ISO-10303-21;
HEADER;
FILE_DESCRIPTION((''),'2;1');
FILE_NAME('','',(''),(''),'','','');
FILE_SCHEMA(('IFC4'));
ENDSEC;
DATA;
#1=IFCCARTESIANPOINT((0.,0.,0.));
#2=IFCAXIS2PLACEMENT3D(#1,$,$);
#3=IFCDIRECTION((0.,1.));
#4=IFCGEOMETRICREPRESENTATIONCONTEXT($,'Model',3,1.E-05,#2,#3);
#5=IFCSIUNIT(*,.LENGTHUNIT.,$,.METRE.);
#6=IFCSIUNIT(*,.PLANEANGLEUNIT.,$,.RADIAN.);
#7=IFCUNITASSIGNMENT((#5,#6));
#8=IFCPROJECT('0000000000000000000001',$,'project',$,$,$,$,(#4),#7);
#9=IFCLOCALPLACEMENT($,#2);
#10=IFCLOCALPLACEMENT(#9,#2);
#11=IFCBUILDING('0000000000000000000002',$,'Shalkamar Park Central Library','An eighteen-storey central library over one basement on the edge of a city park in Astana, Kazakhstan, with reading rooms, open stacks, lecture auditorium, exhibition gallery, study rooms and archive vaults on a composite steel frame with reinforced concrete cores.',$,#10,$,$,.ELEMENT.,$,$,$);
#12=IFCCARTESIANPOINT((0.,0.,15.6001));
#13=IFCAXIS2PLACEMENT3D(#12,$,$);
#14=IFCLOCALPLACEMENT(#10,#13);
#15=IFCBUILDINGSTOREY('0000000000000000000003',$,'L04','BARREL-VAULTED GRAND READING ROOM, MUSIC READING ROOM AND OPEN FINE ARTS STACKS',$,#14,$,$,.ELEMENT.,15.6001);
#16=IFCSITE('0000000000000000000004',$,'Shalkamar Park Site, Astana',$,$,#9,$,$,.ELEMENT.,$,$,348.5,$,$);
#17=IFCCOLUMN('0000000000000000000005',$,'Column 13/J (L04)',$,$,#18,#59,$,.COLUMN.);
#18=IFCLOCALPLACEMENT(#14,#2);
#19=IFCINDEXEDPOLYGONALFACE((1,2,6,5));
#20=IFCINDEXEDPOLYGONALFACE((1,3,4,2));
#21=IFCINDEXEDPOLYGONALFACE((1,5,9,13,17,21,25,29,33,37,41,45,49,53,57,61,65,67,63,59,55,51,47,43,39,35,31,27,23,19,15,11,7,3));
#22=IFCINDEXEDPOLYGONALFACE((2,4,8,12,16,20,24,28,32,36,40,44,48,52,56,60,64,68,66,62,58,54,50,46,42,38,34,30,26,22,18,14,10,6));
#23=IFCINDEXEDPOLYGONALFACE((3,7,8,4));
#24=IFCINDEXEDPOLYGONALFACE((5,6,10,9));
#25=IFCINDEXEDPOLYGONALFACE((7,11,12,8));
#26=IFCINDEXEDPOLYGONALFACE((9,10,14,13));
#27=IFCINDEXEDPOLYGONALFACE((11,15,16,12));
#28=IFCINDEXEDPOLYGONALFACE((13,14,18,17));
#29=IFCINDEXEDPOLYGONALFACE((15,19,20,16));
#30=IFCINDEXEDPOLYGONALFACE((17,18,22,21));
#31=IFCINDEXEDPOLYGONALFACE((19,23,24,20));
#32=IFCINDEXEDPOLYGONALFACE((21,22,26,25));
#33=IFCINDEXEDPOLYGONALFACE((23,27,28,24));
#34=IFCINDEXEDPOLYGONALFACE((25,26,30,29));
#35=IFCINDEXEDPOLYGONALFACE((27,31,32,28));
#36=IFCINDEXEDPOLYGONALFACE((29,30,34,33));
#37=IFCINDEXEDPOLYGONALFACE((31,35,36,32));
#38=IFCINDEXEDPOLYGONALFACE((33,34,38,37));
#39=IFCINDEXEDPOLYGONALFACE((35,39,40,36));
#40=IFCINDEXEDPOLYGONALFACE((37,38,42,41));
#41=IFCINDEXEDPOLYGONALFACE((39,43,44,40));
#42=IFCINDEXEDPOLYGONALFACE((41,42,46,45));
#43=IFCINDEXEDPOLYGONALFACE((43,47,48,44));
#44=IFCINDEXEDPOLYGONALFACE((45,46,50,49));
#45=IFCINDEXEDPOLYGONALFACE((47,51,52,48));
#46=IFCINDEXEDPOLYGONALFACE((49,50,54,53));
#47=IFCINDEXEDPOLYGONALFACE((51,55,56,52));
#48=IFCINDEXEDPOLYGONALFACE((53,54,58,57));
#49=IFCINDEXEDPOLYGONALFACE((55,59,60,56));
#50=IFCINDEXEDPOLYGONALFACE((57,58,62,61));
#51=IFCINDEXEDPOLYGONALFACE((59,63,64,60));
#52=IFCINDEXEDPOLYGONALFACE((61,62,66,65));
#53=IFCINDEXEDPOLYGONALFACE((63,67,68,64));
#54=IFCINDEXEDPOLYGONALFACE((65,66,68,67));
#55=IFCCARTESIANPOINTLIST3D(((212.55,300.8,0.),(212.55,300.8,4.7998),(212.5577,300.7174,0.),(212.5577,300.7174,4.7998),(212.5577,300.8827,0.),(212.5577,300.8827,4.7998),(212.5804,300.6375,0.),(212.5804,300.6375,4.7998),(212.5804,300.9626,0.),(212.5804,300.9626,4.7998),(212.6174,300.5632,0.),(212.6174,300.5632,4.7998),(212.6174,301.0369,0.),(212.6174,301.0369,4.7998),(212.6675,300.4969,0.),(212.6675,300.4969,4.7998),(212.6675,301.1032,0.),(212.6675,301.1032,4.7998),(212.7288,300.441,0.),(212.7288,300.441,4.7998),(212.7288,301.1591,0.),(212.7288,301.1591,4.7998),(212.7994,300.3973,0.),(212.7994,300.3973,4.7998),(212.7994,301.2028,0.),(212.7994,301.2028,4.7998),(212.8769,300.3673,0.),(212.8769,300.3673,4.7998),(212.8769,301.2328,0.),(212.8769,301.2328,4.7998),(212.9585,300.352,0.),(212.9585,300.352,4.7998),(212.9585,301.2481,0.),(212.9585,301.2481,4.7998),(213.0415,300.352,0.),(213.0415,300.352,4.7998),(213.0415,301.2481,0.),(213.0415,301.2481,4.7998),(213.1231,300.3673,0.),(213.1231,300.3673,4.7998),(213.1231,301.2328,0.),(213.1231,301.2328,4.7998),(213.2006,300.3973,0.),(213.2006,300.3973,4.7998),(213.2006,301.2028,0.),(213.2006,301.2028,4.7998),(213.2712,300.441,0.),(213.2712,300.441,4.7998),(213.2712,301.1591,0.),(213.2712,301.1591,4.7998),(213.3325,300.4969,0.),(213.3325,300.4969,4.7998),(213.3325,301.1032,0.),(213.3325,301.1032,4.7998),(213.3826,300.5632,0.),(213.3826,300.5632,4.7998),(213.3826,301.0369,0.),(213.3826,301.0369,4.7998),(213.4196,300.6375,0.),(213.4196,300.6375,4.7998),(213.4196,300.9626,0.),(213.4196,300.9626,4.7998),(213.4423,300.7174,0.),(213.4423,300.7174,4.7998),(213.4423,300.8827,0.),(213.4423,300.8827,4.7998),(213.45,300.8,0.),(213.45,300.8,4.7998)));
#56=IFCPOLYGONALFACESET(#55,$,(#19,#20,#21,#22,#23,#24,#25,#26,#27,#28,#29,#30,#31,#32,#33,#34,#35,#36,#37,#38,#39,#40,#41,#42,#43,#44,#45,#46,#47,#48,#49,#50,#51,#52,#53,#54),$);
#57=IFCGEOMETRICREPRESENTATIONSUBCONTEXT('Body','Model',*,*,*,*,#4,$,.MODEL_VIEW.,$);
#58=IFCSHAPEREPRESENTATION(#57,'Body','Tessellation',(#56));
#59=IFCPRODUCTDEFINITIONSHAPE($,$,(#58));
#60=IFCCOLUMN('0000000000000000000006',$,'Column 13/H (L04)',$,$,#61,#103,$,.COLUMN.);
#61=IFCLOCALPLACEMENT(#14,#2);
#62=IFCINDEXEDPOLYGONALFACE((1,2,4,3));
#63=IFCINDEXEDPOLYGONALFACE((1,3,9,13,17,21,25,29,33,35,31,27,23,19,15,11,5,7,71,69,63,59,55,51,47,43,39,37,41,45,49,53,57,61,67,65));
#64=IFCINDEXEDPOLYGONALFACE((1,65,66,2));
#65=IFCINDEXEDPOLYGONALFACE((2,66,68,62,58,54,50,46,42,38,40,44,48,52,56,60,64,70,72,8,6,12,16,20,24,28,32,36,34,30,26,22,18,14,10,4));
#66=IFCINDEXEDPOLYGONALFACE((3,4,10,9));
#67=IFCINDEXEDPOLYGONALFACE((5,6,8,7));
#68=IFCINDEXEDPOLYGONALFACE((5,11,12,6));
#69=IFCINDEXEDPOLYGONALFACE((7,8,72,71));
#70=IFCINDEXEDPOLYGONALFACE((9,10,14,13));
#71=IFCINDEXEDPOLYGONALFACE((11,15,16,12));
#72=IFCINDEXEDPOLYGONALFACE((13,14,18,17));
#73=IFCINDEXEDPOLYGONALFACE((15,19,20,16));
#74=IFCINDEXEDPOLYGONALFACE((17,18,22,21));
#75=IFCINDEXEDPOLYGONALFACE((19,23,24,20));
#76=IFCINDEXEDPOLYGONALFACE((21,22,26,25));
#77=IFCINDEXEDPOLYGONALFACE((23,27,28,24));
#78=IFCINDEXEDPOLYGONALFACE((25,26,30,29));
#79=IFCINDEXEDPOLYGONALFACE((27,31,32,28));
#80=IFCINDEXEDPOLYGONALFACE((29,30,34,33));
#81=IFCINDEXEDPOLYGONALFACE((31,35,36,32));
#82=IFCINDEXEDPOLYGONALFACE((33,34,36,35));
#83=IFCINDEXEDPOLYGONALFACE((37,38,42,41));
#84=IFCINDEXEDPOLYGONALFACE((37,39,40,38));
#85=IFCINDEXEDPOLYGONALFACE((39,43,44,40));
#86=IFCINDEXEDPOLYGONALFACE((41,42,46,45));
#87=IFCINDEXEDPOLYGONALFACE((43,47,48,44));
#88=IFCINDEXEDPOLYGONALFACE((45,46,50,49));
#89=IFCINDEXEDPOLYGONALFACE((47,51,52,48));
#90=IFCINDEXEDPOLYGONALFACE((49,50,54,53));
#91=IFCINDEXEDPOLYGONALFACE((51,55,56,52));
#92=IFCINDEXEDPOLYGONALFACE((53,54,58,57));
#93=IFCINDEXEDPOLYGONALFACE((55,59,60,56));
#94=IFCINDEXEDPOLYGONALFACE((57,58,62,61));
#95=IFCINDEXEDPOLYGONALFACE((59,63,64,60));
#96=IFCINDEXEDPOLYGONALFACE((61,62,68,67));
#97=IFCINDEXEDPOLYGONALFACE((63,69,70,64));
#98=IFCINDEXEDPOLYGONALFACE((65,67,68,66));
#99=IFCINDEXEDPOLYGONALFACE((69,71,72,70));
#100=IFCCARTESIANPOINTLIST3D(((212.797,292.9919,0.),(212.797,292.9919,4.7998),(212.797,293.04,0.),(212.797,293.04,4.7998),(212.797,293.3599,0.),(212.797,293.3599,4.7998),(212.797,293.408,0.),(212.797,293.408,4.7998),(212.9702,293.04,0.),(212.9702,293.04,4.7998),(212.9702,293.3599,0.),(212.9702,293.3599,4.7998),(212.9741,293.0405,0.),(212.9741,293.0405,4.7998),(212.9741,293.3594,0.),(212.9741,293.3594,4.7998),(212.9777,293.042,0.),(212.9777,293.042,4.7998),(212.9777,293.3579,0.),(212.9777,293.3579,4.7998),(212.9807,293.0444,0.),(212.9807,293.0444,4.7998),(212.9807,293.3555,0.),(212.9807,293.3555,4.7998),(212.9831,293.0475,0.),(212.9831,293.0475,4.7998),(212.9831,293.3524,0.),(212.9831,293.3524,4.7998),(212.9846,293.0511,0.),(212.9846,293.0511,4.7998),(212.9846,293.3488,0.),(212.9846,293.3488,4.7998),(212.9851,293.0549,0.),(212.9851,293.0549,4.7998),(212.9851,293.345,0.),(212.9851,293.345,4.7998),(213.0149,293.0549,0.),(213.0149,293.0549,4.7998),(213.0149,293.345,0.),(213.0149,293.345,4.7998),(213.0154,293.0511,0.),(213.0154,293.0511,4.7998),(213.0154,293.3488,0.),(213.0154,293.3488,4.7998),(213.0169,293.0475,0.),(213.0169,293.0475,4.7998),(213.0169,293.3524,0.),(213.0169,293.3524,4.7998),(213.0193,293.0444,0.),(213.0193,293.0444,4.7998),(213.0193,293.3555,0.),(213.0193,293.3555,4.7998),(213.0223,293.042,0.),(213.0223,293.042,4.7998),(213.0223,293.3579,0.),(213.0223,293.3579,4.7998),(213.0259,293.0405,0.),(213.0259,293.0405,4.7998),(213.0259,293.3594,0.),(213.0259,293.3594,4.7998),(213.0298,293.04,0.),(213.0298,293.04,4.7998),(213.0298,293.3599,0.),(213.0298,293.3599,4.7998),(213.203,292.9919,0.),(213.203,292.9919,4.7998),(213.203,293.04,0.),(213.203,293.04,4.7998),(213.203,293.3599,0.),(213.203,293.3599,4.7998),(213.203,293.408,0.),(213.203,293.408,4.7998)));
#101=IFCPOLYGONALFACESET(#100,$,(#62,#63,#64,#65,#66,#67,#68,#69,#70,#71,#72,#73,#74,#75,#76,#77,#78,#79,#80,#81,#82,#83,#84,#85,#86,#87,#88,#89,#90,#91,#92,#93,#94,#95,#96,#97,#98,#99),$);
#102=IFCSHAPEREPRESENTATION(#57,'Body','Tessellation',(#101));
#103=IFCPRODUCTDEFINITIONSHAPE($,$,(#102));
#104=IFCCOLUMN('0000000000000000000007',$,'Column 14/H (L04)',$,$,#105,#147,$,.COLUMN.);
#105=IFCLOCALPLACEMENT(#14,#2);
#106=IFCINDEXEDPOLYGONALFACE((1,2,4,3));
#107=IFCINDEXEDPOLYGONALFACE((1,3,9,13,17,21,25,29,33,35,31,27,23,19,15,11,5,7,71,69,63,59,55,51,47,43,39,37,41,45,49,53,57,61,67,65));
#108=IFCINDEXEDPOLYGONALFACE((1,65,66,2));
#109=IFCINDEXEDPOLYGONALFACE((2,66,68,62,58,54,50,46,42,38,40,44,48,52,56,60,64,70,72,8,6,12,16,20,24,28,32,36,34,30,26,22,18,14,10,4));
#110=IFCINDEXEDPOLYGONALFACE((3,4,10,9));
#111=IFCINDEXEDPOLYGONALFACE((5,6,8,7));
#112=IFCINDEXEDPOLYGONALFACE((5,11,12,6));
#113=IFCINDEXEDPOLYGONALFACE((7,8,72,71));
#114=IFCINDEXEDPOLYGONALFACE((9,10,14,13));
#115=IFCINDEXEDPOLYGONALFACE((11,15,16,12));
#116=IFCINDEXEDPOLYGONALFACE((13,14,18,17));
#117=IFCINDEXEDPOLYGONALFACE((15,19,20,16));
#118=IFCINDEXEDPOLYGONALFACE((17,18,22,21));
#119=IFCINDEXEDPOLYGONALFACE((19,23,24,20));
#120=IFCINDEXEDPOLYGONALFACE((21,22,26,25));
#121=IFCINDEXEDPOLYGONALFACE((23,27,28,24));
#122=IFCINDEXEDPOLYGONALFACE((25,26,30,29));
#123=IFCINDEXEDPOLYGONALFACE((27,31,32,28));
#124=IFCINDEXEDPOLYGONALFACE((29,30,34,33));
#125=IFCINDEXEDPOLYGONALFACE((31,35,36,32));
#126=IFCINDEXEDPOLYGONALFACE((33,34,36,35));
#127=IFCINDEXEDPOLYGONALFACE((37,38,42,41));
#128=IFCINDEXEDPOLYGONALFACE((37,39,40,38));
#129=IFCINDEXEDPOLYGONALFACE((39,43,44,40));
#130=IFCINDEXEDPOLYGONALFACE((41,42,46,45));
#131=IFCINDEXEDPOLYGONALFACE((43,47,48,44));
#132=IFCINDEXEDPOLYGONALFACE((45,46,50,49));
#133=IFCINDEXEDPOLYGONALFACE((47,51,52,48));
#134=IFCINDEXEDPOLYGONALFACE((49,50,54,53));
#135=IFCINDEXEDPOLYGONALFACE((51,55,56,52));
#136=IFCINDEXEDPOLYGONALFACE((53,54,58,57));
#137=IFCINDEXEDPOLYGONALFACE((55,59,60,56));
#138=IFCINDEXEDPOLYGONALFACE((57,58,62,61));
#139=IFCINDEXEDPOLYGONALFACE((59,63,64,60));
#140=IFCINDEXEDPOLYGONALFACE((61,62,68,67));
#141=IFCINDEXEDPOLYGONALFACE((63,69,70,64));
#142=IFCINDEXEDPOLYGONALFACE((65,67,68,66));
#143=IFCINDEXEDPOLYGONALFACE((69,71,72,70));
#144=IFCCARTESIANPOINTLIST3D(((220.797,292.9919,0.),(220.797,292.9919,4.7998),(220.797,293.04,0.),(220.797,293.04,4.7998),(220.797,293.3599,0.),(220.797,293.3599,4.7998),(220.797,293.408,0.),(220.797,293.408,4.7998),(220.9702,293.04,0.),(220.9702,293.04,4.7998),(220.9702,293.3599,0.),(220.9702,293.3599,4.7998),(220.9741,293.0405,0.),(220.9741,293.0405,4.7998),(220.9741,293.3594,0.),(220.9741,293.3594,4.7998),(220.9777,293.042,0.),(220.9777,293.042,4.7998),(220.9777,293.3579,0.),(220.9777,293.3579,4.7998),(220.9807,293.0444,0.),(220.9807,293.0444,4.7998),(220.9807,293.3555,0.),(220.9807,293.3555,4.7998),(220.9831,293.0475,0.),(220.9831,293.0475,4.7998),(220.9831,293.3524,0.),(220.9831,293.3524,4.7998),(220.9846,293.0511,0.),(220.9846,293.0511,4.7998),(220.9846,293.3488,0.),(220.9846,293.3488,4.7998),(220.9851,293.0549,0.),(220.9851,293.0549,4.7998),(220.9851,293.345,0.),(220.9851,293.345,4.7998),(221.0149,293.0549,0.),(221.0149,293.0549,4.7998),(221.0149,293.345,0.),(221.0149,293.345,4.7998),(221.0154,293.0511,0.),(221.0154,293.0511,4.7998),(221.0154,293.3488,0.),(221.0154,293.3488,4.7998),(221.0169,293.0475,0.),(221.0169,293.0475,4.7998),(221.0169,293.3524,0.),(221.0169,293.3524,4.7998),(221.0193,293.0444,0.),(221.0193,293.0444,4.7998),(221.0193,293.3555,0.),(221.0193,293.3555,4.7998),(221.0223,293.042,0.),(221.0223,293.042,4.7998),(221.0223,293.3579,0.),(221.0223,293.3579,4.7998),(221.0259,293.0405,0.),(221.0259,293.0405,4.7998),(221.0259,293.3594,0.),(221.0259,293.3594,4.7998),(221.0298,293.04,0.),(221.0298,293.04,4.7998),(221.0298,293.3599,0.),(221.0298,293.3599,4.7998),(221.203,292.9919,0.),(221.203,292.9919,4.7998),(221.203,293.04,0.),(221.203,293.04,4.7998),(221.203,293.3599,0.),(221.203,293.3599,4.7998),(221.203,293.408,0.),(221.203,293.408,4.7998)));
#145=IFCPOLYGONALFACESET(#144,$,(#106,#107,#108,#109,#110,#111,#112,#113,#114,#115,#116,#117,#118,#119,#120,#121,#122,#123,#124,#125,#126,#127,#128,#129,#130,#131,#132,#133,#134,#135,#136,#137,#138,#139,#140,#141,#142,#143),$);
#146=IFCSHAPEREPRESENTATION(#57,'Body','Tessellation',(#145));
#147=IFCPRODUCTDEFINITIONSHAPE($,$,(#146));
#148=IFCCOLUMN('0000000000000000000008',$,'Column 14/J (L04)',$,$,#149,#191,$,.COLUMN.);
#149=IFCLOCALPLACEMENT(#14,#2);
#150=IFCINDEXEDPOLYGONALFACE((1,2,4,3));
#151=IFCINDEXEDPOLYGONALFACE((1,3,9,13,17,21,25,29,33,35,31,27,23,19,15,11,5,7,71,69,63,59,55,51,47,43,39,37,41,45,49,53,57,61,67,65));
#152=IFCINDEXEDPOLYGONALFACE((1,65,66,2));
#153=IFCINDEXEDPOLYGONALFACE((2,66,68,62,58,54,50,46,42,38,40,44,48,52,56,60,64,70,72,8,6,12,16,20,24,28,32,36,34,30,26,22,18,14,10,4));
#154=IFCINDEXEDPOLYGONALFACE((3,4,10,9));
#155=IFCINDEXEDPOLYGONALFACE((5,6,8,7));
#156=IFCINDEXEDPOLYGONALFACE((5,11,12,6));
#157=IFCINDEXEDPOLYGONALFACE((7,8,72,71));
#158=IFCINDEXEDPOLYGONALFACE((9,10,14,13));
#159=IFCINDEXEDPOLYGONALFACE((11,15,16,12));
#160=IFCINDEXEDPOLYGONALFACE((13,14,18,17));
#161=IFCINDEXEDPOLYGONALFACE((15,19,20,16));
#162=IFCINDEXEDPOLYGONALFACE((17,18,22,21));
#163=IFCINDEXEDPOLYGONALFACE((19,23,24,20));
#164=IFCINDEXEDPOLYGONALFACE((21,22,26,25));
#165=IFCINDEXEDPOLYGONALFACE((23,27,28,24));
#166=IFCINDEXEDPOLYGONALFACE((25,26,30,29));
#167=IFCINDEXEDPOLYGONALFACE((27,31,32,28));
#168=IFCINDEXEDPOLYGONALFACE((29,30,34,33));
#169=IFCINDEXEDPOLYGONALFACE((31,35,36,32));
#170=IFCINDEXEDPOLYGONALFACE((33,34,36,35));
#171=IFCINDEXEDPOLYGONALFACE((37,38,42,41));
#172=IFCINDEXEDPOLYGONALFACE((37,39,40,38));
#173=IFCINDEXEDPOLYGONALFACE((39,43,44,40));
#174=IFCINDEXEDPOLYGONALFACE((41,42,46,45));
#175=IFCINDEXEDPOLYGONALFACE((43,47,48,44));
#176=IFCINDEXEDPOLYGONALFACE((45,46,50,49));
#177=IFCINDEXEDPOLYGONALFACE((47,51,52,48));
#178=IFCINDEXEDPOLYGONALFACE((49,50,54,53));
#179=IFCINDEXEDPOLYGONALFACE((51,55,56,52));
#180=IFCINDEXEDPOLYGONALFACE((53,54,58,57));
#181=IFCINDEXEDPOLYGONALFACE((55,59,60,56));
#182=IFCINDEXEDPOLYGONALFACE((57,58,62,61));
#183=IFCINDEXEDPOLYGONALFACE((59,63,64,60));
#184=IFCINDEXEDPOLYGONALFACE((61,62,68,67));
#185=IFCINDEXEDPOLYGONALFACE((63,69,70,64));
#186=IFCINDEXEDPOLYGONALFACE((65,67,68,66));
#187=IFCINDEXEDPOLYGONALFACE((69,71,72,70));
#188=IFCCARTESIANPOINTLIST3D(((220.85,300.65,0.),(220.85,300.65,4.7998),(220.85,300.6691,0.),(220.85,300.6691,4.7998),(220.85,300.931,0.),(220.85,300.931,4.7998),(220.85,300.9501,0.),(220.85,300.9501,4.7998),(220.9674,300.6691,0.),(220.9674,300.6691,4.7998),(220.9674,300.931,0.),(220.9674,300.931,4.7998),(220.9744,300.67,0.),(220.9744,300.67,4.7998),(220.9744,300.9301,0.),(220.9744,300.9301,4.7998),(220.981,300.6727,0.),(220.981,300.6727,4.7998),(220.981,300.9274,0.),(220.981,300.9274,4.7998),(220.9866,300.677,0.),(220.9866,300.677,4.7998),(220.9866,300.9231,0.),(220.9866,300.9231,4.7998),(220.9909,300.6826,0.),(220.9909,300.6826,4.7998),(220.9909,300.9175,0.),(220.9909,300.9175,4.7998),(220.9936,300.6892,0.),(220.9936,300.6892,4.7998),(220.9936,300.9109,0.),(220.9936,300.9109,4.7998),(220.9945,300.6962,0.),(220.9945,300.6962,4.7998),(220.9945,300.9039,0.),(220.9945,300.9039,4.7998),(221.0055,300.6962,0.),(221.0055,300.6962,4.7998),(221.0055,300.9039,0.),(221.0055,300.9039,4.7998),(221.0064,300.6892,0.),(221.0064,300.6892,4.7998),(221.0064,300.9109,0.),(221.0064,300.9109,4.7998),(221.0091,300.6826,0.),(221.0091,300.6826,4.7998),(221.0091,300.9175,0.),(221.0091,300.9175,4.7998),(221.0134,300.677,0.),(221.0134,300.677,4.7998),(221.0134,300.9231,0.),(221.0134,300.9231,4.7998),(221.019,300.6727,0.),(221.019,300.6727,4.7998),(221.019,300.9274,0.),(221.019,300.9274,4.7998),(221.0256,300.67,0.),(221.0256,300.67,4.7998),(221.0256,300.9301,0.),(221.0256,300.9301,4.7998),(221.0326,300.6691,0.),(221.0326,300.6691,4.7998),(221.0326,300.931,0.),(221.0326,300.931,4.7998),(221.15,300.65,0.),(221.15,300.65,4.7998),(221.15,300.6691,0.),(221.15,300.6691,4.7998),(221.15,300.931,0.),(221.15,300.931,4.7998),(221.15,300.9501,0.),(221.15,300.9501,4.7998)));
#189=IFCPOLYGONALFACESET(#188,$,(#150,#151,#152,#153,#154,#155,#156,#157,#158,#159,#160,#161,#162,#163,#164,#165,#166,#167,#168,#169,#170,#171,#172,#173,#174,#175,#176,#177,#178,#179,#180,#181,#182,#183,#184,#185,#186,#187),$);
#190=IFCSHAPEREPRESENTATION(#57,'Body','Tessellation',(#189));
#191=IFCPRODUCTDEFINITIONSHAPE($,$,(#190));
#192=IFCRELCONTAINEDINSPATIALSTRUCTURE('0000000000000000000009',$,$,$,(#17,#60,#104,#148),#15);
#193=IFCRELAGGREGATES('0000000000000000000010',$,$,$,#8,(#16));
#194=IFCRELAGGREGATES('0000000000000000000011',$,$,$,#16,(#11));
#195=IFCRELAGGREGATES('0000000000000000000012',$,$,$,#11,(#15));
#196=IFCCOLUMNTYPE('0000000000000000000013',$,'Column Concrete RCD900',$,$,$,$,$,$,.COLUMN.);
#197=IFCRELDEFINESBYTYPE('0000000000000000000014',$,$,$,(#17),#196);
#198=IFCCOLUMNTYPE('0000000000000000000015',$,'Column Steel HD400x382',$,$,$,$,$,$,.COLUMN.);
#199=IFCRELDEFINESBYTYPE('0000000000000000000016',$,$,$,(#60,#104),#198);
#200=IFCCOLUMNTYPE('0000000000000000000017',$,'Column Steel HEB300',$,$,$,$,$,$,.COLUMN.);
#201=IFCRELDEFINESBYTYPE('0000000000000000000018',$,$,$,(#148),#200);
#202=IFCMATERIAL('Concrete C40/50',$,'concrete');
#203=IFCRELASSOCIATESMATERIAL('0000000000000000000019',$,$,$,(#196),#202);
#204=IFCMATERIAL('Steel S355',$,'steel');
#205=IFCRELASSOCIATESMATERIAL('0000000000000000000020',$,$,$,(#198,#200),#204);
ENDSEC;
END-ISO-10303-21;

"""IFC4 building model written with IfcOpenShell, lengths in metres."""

from ifc_helpers import new_model, si_unit, direction, frame, origin, origin_2d, place, context, subcontext, project, spatial, circle, i_section, extrude, material, material_profile, profile_set, type_object, element, save


model = new_model("IFC4")

# Units and contexts
model_context = context("Model", 3, precision=1e-05, world=origin(), true_north=direction((0.0, 1.0)))
body_context = subcontext(model_context, "Body", "Model", "MODEL_VIEW")
ifc_project = project(units=[si_unit("LENGTHUNIT", "METRE"), si_unit("PLANEANGLEUNIT", "RADIAN")], contexts=[model_context])

# Site, building, storey
site_placement = place(None, origin())
site = spatial("IfcSite", under=ifc_project, at=site_placement, Name="Shalkamar Park Site, Astana", CompositionType="ELEMENT", RefElevation=348.5)
building_placement = place(site_placement, origin())
building = spatial("IfcBuilding", under=site, at=building_placement, Name="Shalkamar Park Central Library", Description="An eighteen-storey central library over one basement on the edge of a city park in Astana, Kazakhstan, with reading rooms, open stacks, lecture auditorium, exhibition gallery, study rooms and archive vaults on a composite steel frame with reinforced concrete cores.", CompositionType="ELEMENT")
storey_placement = place(building_placement, frame((0.0, 0.0, 15.6001)))
storey = spatial("IfcBuildingStorey", under=building, at=storey_placement, Name="L04", Description="BARREL-VAULTED GRAND READING ROOM, MUSIC READING ROOM AND OPEN FINE ARTS STACKS", CompositionType="ELEMENT", Elevation=15.6001)

# Columns
ifc_material_1 = material(Name="Concrete C40/50", Category="concrete")
ifc_material_profile_1 = material_profile(ifc_material_1, circle(Radius=0.45, at=origin_2d()), Name="RC D900")
ifc_profile_set_1 = profile_set([ifc_material_profile_1], Name="Concrete C40/50")
column_type_1 = type_object("IfcColumnType", Name="Column Concrete RCD900", PredefinedType="COLUMN", material=ifc_profile_set_1)
column_1_placement = place(storey_placement, frame((213.0, 300.8, 0.0), z_axis=(0.0, 0.0, 1.0), x_axis=(1.0, 0.0, 0.0)))
element("IfcColumn", 1, at=column_1_placement, inside=storey, type_object=column_type_1, Name="Column 13/J (L04)", PredefinedType="COLUMN", context=body_context, shape_type="SweptSolid", body=[
    extrude(circle(Radius=0.45, at=origin_2d()), origin(), (0.0, 0.0, 1.0), 4.7998),
])
ifc_material_2 = material(Name="Steel S355", Category="steel")
ifc_material_profile_2 = material_profile(ifc_material_2, i_section(OverallWidth=0.406, OverallDepth=0.416, WebThickness=0.0298, FlangeThickness=0.0481, FilletRadius=0.0149, at=origin_2d()), Name="HD 400x382")
ifc_profile_set_2 = profile_set([ifc_material_profile_2], Name="Steel S355")
column_type_2 = type_object("IfcColumnType", Name="Column Steel HD400x382", PredefinedType="COLUMN", material=ifc_profile_set_2)
for number, where, z_axis, x_axis, name in (
    (2, (213.0, 293.2, 0.0), (0.0, 0.0, 1.0), (1.0, 0.0, 0.0), "Column 13/H (L04)"),
    (3, (221.0, 293.2, 0.0), (0.0, 0.0, 1.0), (1.0, 0.0, 0.0), "Column 14/H (L04)"),
):
    element("IfcColumn", number, at=place(storey_placement, frame(where, z_axis=z_axis, x_axis=x_axis)), inside=storey, type_object=column_type_2, Name=name, PredefinedType="COLUMN", context=body_context, shape_type="SweptSolid", body=[
        extrude(i_section(OverallWidth=0.406, OverallDepth=0.416, WebThickness=0.0298, FlangeThickness=0.0481, FilletRadius=0.0149, at=origin_2d()), origin(), (0.0, 0.0, 1.0), 4.7998),
    ])
ifc_material_profile_3 = material_profile(ifc_material_2, i_section(OverallWidth=0.3, OverallDepth=0.3, WebThickness=0.011, FlangeThickness=0.019, FilletRadius=0.0271, at=origin_2d()), Name="HEB 300")
ifc_profile_set_3 = profile_set([ifc_material_profile_3], Name="Steel S355")
column_type_3 = type_object("IfcColumnType", Name="Column Steel HEB300", PredefinedType="COLUMN", material=ifc_profile_set_3)
column_2_placement = place(storey_placement, frame((221.0, 300.8, 0.0), z_axis=(0.0, 0.0, 1.0), x_axis=(1.0, 0.0, 0.0)))
element("IfcColumn", 4, at=column_2_placement, inside=storey, type_object=column_type_3, Name="Column 14/J (L04)", PredefinedType="COLUMN", context=body_context, shape_type="SweptSolid", body=[
    extrude(i_section(OverallWidth=0.3, OverallDepth=0.3, WebThickness=0.011, FlangeThickness=0.019, FilletRadius=0.0271, at=origin_2d()), origin(), (0.0, 0.0, 1.0), 4.7998),
])

save(model, "model.ifc")
